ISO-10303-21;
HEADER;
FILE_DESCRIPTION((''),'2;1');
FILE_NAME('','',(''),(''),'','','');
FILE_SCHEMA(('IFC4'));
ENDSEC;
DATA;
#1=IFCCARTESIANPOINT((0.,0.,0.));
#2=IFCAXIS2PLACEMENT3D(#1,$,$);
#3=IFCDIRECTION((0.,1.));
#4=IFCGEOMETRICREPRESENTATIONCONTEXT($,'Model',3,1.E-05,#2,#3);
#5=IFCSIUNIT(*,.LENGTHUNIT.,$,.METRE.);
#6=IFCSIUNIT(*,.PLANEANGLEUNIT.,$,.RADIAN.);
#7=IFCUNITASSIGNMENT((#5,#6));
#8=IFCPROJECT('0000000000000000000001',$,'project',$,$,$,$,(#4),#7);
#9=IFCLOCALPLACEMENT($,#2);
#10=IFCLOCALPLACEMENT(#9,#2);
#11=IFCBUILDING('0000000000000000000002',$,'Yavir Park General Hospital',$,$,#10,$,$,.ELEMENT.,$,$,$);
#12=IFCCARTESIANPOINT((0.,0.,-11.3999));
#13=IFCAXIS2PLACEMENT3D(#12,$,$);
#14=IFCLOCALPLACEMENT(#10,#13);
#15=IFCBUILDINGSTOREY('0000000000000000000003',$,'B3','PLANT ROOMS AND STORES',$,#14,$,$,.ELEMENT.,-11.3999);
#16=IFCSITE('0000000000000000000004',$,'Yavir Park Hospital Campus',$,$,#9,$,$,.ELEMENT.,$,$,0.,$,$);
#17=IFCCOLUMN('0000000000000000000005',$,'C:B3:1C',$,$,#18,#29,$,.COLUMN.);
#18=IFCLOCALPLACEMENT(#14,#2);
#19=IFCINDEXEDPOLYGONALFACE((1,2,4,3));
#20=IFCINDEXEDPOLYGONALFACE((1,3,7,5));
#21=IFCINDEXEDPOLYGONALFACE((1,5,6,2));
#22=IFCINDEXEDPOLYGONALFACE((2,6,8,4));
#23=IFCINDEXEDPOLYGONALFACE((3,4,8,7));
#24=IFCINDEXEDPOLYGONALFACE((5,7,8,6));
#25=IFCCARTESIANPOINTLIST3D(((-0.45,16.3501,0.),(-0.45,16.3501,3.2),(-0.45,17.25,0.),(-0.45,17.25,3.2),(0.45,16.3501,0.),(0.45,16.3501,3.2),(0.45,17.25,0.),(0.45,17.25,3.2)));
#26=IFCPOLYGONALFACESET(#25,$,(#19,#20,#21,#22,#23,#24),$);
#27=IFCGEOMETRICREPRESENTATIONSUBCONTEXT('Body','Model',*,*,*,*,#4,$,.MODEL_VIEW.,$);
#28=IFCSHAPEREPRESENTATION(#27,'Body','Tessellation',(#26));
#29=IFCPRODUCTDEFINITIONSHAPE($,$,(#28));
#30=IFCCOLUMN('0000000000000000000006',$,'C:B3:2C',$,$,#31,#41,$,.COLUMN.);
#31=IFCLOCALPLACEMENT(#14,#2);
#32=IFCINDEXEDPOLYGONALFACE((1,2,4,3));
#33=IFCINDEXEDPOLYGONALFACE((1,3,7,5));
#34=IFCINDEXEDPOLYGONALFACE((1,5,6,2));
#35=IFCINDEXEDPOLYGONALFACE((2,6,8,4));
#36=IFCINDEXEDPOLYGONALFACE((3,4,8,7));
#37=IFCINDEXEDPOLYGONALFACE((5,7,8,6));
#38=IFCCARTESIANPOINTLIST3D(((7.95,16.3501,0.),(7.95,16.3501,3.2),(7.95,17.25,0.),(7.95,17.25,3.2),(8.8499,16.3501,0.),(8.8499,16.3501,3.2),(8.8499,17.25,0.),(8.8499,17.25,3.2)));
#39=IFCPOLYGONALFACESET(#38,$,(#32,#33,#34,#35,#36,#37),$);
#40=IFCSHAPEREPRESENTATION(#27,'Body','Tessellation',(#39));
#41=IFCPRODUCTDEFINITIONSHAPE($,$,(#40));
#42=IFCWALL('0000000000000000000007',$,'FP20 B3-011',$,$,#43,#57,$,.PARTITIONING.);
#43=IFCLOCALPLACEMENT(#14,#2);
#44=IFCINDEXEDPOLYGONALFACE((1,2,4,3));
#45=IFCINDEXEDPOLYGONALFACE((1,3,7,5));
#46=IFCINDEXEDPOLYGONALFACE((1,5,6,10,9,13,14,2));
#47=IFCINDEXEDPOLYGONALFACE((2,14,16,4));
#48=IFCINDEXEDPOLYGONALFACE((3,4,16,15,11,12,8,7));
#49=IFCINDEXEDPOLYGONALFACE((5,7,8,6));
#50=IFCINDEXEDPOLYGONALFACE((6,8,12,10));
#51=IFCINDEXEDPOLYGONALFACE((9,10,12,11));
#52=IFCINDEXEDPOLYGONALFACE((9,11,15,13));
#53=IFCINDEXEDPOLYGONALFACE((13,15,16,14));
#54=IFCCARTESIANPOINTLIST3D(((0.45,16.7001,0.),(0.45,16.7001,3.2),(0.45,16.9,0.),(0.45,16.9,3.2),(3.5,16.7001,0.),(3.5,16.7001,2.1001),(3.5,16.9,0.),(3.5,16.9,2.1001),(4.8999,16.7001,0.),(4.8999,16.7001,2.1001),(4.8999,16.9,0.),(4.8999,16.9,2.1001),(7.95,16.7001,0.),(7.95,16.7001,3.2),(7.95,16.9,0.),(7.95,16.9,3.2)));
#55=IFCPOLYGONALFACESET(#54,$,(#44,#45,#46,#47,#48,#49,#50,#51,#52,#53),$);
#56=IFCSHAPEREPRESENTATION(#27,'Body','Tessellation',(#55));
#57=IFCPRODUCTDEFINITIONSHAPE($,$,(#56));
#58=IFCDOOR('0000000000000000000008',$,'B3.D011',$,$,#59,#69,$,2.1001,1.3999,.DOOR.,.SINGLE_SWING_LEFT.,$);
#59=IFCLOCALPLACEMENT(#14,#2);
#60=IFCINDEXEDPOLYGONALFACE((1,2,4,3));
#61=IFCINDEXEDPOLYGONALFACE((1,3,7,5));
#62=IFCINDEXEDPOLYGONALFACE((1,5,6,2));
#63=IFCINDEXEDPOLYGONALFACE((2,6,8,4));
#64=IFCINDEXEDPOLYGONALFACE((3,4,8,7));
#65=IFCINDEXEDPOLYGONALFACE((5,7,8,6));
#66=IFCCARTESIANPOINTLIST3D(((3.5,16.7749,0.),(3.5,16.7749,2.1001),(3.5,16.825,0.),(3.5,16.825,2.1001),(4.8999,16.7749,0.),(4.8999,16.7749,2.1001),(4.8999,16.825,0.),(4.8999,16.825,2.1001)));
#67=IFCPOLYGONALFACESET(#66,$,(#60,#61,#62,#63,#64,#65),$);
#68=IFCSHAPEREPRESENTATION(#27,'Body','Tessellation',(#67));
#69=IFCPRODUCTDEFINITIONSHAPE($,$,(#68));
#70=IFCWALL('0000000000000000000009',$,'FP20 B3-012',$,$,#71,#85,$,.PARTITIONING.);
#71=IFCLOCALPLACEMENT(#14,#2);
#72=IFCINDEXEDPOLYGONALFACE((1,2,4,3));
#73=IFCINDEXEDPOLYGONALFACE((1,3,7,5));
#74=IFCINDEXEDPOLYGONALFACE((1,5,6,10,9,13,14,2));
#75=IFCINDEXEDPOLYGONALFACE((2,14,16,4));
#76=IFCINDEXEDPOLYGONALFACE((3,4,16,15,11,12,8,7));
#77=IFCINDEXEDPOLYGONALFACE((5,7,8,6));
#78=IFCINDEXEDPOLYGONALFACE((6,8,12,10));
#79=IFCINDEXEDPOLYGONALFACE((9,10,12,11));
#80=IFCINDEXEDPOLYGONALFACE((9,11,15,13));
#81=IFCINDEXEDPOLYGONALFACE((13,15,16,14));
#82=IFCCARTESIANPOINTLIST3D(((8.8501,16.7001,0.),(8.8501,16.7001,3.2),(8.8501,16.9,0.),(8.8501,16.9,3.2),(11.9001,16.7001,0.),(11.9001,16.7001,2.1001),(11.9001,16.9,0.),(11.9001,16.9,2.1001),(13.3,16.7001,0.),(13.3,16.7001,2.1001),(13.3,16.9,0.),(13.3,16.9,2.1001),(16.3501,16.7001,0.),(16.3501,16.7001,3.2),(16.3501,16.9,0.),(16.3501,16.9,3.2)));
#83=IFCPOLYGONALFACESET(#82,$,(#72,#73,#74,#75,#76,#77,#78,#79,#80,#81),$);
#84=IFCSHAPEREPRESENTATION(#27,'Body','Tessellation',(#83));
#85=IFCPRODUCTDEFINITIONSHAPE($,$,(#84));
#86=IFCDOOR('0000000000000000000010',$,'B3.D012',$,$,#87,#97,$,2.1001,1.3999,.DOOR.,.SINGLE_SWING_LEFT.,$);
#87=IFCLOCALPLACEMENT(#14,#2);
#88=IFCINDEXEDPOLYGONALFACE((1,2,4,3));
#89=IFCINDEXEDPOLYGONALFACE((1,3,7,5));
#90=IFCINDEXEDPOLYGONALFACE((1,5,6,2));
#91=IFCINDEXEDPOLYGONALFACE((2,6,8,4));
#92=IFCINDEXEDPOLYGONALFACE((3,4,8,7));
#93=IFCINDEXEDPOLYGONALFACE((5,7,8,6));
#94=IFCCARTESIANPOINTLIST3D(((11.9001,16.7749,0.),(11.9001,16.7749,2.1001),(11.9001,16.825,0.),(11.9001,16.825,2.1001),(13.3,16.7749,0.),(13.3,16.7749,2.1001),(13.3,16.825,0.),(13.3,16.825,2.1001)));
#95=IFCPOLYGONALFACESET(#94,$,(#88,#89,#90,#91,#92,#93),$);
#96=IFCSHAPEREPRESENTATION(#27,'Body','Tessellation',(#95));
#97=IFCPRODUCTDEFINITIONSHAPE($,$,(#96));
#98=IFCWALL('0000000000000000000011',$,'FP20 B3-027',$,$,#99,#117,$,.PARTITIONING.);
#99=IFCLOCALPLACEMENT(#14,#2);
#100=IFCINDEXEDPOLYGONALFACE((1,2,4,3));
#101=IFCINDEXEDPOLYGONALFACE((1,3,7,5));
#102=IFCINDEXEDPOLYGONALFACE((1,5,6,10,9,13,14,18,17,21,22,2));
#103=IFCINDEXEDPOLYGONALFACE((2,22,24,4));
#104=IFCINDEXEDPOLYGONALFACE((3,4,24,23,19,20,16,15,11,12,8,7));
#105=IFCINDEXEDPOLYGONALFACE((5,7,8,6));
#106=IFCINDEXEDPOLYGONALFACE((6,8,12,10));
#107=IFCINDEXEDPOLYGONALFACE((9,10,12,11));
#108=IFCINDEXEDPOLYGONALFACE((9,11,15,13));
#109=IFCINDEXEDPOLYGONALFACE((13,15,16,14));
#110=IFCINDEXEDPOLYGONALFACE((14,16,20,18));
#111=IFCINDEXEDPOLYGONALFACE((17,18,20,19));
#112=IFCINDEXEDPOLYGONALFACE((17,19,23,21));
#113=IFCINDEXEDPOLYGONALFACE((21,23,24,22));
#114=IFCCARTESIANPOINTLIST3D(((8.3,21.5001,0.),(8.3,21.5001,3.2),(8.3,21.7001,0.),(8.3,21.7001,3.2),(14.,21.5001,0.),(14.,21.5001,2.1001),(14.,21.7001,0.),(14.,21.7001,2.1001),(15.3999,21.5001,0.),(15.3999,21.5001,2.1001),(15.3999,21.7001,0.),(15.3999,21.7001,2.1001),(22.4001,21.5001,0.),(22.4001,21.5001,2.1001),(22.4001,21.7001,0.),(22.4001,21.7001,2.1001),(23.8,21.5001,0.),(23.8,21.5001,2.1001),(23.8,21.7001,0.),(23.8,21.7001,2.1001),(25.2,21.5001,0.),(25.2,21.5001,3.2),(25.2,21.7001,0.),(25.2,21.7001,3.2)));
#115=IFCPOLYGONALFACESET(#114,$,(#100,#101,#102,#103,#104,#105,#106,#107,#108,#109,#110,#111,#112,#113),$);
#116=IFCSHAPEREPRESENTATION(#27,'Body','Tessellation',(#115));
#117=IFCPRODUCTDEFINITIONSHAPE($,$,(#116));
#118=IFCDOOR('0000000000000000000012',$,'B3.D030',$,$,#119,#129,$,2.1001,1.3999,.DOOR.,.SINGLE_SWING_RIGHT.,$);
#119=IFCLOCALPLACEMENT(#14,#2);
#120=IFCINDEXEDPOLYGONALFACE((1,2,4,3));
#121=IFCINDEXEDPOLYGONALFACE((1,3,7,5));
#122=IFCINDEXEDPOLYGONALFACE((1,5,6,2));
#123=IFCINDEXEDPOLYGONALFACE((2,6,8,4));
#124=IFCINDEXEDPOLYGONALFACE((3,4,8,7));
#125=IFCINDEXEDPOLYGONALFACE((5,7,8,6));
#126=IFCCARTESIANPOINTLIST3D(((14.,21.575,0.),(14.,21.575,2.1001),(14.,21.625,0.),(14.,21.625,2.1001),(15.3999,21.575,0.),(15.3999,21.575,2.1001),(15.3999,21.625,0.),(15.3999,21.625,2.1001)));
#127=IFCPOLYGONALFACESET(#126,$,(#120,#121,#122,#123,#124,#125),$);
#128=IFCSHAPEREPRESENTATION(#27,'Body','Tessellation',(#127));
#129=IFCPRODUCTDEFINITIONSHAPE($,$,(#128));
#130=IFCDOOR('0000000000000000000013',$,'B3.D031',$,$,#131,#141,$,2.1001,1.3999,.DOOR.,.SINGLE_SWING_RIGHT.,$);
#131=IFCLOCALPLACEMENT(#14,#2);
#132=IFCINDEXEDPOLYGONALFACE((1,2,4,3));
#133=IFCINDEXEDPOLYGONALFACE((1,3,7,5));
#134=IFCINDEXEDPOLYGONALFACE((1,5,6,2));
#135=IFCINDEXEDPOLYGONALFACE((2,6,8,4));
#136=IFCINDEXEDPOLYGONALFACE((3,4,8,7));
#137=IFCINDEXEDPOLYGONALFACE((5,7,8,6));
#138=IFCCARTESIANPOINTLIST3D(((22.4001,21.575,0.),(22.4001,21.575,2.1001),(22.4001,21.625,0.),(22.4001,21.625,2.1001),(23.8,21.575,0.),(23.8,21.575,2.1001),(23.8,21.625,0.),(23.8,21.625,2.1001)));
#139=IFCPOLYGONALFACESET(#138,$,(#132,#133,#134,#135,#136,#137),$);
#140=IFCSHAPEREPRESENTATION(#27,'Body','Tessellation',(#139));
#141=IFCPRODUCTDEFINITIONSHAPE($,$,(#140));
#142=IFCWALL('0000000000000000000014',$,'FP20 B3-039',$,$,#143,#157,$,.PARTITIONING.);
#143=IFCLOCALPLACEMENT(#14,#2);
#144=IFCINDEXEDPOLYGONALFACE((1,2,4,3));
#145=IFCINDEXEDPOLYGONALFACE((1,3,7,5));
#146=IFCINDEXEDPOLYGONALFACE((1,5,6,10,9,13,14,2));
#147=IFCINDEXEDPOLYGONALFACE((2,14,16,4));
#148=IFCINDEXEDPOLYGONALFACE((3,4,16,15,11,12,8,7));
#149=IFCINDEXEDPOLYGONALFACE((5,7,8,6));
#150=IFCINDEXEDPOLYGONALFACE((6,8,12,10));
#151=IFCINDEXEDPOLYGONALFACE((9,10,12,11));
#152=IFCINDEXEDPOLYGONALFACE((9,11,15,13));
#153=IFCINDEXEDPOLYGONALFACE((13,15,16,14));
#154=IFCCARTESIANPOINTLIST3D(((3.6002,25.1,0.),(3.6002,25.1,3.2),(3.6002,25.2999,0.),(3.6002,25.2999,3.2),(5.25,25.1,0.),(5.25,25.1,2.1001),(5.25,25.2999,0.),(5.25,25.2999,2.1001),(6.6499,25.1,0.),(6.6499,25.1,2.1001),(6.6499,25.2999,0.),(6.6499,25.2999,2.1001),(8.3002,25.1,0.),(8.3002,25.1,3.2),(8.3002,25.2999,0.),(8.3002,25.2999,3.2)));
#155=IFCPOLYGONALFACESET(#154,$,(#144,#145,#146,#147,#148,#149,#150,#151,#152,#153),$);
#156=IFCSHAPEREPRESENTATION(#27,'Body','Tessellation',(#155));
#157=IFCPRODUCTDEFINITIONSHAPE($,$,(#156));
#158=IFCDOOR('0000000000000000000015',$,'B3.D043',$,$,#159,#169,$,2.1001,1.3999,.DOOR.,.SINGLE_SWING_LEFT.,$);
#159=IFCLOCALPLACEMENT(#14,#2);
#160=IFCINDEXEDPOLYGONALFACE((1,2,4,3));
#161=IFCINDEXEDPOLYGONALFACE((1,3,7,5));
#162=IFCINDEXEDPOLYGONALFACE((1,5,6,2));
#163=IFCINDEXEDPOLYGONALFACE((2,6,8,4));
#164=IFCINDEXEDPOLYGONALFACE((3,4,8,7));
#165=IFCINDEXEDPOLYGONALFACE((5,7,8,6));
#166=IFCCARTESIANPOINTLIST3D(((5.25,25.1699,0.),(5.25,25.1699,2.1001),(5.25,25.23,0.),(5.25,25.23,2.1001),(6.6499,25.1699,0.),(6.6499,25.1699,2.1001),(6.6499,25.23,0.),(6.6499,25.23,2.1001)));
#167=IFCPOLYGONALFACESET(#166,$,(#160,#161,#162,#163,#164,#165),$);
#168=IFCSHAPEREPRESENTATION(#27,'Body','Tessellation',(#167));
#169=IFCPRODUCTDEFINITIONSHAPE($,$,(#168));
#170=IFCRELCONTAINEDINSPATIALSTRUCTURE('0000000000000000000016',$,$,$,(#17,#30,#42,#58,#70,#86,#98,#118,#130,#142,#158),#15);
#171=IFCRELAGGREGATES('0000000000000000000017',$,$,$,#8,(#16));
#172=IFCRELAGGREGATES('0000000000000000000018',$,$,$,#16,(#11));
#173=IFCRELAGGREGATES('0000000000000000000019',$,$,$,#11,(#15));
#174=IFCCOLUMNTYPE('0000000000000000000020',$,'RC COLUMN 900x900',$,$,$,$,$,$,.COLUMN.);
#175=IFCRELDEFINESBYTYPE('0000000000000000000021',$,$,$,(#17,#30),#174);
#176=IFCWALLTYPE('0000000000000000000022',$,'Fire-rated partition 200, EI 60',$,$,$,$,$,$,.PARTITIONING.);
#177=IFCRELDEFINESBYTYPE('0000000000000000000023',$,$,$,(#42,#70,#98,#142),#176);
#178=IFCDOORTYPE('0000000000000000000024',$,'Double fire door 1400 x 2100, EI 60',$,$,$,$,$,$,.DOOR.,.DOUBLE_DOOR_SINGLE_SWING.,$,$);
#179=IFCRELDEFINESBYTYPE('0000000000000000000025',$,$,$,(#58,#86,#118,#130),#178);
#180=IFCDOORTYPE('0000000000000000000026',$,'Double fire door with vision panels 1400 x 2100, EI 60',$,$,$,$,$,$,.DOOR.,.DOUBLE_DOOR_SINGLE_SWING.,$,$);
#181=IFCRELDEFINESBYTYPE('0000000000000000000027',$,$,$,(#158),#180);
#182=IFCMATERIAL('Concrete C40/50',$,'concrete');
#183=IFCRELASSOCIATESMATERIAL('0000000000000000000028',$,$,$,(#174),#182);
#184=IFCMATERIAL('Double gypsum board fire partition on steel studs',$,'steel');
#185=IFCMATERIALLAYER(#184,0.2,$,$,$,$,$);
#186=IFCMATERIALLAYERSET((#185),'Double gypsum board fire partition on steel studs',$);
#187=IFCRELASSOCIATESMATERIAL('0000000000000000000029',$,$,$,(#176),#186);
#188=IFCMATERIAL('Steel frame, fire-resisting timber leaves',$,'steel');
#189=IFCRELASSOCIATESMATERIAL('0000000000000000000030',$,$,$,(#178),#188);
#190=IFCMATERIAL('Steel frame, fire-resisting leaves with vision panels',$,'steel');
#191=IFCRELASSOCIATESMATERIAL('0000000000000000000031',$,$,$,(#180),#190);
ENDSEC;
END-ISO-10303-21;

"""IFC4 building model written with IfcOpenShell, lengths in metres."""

from ifc_helpers import new_model, si_unit, direction, frame, frame_2d, origin, origin_2d, place, context, subcontext, project, spatial, rectangle, extrude, material, layer, layer_set, material_profile, profile_set, type_object, element, fill, save


model = new_model("IFC4")

# Units and contexts
model_context = context("Model", 3, precision=1e-05, world=origin(), true_north=direction((0.0, 1.0)))
body_context = subcontext(model_context, "Body", "Model", "MODEL_VIEW")
ifc_project = project(units=[si_unit("LENGTHUNIT", "METRE"), si_unit("PLANEANGLEUNIT", "RADIAN")], contexts=[model_context])

# Site, building, storey
site_placement = place(None, origin())
site = spatial("IfcSite", under=ifc_project, at=site_placement, Name="Yavir Park Hospital Campus", CompositionType="ELEMENT", RefElevation=0.0)
building_placement = place(site_placement, origin())
building = spatial("IfcBuilding", under=site, at=building_placement, Name="Yavir Park General Hospital", CompositionType="ELEMENT")
storey_placement = place(building_placement, frame((0.0, 0.0, -11.3999)))
storey = spatial("IfcBuildingStorey", under=building, at=storey_placement, Name="B3", Description="PLANT ROOMS AND STORES", CompositionType="ELEMENT", Elevation=-11.3999)

# Columns
ifc_material_1 = material(Name="Concrete C40/50", Category="concrete")
ifc_material_profile = material_profile(ifc_material_1, rectangle(XDim=0.8999, YDim=0.8999, at=origin_2d()), Name="RC900x900")
ifc_profile_set = profile_set([ifc_material_profile], Name="Concrete C40/50")
column_type = type_object("IfcColumnType", Name="RC COLUMN 900x900", PredefinedType="COLUMN", material=ifc_profile_set)
for number, where, z_axis, x_axis, name in (
    (1, (0.0, 16.8, 0.0), (0.0, 0.0, 1.0), (1.0, 0.0, 0.0), "C:B3:1C"),
    (2, (8.3999, 16.8, 0.0), (0.0, 0.0, 1.0), (1.0, 0.0, 0.0), "C:B3:2C"),
):
    element("IfcColumn", number, at=place(storey_placement, frame(where, z_axis=z_axis, x_axis=x_axis)), inside=storey, type_object=column_type, Name=name, PredefinedType="COLUMN", context=body_context, shape_type="SweptSolid", body=[
        extrude(rectangle(XDim=0.8999, YDim=0.8999, at=origin_2d()), origin(), (0.0, 0.0, 1.0), 3.2),
    ])

# Walls, openings, doors
ifc_material_2 = material(Name="Double gypsum board fire partition on steel studs", Category="steel")
ifc_layer_1 = layer(ifc_material_2, 0.2)
ifc_layer_set_1 = layer_set([ifc_layer_1], Name="Double gypsum board fire partition on steel studs")
wall_type_1 = type_object("IfcWallType", Name="Fire-rated partition 200, EI 60", PredefinedType="PARTITIONING", material=ifc_layer_set_1)
wall_1_placement = place(storey_placement, frame((0.45, 16.8, 0.0), z_axis=(0.0, 0.0, 1.0), x_axis=(1.0, 0.0, 0.0)))
wall_1 = element("IfcWall", 3, at=wall_1_placement, inside=storey, type_object=wall_type_1, Name="FP20 B3-011", PredefinedType="PARTITIONING", context=body_context, shape_type="SweptSolid", body=[
    extrude(rectangle(XDim=7.5, YDim=0.2, at=frame_2d((3.75, 0.0))), origin(), (0.0, 0.0, 1.0), 3.2),
])
opening_1_placement = place(wall_1_placement, frame((3.05, 0.0, 0.0)))
opening_1 = element("IfcOpeningElement", 4, at=opening_1_placement, cuts=wall_1, PredefinedType="OPENING", context=body_context, shape_type="SweptSolid", body=[
    extrude(rectangle(XDim=1.3999, YDim=2.1001, at=frame_2d((0.7, 1.05))), frame((0.0, 0.1099, 0.0), z_axis=(0.0, -1.0, 0.0), x_axis=(1.0, 0.0, 0.0)), (0.0, 0.0, 1.0), 0.22),
])
ifc_material_3 = material(Name="Steel frame, fire-resisting timber leaves", Category="steel")
door_type_1 = type_object("IfcDoorType", Name="Double fire door 1400 x 2100, EI 60", OperationType="DOUBLE_DOOR_SINGLE_SWING", PredefinedType="DOOR", material=ifc_material_3)
door_1_placement = place(opening_1_placement, origin())
door_1 = element("IfcDoor", 5, at=door_1_placement, inside=storey, type_object=door_type_1, Name="B3.D011", OperationType="SINGLE_SWING_LEFT", OverallHeight=2.1001, OverallWidth=1.3999, PredefinedType="DOOR", context=body_context, shape_type="SweptSolid", body=[
    extrude(rectangle(XDim=1.3999, YDim=2.1001, at=frame_2d((0.7, 1.05))), frame((0.0, 0.0249, 0.0), z_axis=(0.0, -1.0, 0.0), x_axis=(1.0, 0.0, 0.0)), (0.0, 0.0, 1.0), 0.05),
])
fill(opening_1, door_1)
wall_2_placement = place(storey_placement, frame((8.8501, 16.8, 0.0), z_axis=(0.0, 0.0, 1.0), x_axis=(1.0, 0.0, 0.0)))
wall_2 = element("IfcWall", 6, at=wall_2_placement, inside=storey, type_object=wall_type_1, Name="FP20 B3-012", PredefinedType="PARTITIONING", context=body_context, shape_type="SweptSolid", body=[
    extrude(rectangle(XDim=7.5, YDim=0.2, at=frame_2d((3.75, 0.0))), origin(), (0.0, 0.0, 1.0), 3.2),
])
opening_2_placement = place(wall_2_placement, frame((3.05, 0.0, 0.0)))
opening_2 = element("IfcOpeningElement", 7, at=opening_2_placement, cuts=wall_2, PredefinedType="OPENING", context=body_context, shape_type="SweptSolid", body=[
    extrude(rectangle(XDim=1.3999, YDim=2.1001, at=frame_2d((0.7, 1.05))), frame((0.0, 0.1099, 0.0), z_axis=(0.0, -1.0, 0.0), x_axis=(1.0, 0.0, 0.0)), (0.0, 0.0, 1.0), 0.22),
])
door_2_placement = place(opening_2_placement, origin())
door_2 = element("IfcDoor", 8, at=door_2_placement, inside=storey, type_object=door_type_1, Name="B3.D012", OperationType="SINGLE_SWING_LEFT", OverallHeight=2.1001, OverallWidth=1.3999, PredefinedType="DOOR", context=body_context, shape_type="SweptSolid", body=[
    extrude(rectangle(XDim=1.3999, YDim=2.1001, at=frame_2d((0.7, 1.05))), frame((0.0, 0.0249, 0.0), z_axis=(0.0, -1.0, 0.0), x_axis=(1.0, 0.0, 0.0)), (0.0, 0.0, 1.0), 0.05),
])
fill(opening_2, door_2)

# Wall, openings, doors
wall_3_placement = place(storey_placement, frame((8.3, 21.6001, 0.0), z_axis=(0.0, 0.0, 1.0), x_axis=(1.0, 0.0, 0.0)))
wall_3 = element("IfcWall", 9, at=wall_3_placement, inside=storey, type_object=wall_type_1, Name="FP20 B3-027", PredefinedType="PARTITIONING", context=body_context, shape_type="SweptSolid", body=[
    extrude(rectangle(XDim=16.8999, YDim=0.2, at=frame_2d((8.45, 0.0))), origin(), (0.0, 0.0, 1.0), 3.2),
])
opening_3_placement = place(wall_3_placement, frame((5.7, 0.0, 0.0)))
opening_3 = element("IfcOpeningElement", 10, at=opening_3_placement, cuts=wall_3, PredefinedType="OPENING", context=body_context, shape_type="SweptSolid", body=[
    extrude(rectangle(XDim=1.3999, YDim=2.1001, at=frame_2d((0.7, 1.05))), frame((0.0, 0.1099, 0.0), z_axis=(0.0, -1.0, 0.0), x_axis=(1.0, 0.0, 0.0)), (0.0, 0.0, 1.0), 0.22),
])
opening_4_placement = place(wall_3_placement, frame((14.1001, 0.0, 0.0)))
opening_4 = element("IfcOpeningElement", 11, at=opening_4_placement, cuts=wall_3, PredefinedType="OPENING", context=body_context, shape_type="SweptSolid", body=[
    extrude(rectangle(XDim=1.3999, YDim=2.1001, at=frame_2d((0.7, 1.05))), frame((0.0, 0.1099, 0.0), z_axis=(0.0, -1.0, 0.0), x_axis=(1.0, 0.0, 0.0)), (0.0, 0.0, 1.0), 0.22),
])
door_3_placement = place(opening_3_placement, origin())
door_3 = element("IfcDoor", 12, at=door_3_placement, inside=storey, type_object=door_type_1, Name="B3.D030", OperationType="SINGLE_SWING_RIGHT", OverallHeight=2.1001, OverallWidth=1.3999, PredefinedType="DOOR", context=body_context, shape_type="SweptSolid", body=[
    extrude(rectangle(XDim=1.3999, YDim=2.1001, at=frame_2d((0.7, 1.05))), frame((0.0, 0.0249, 0.0), z_axis=(0.0, -1.0, 0.0), x_axis=(1.0, 0.0, 0.0)), (0.0, 0.0, 1.0), 0.05),
])
fill(opening_3, door_3)
door_4_placement = place(opening_4_placement, origin())
door_4 = element("IfcDoor", 13, at=door_4_placement, inside=storey, type_object=door_type_1, Name="B3.D031", OperationType="SINGLE_SWING_RIGHT", OverallHeight=2.1001, OverallWidth=1.3999, PredefinedType="DOOR", context=body_context, shape_type="SweptSolid", body=[
    extrude(rectangle(XDim=1.3999, YDim=2.1001, at=frame_2d((0.7, 1.05))), frame((0.0, 0.0249, 0.0), z_axis=(0.0, -1.0, 0.0), x_axis=(1.0, 0.0, 0.0)), (0.0, 0.0, 1.0), 0.05),
])
fill(opening_4, door_4)

# Wall, opening, door
wall_4_placement = place(storey_placement, frame((3.6001, 25.2, 0.0), z_axis=(0.0, 0.0, 1.0), x_axis=(1.0, 0.0, 0.0)))
wall_4 = element("IfcWall", 14, at=wall_4_placement, inside=storey, type_object=wall_type_1, Name="FP20 B3-039", PredefinedType="PARTITIONING", context=body_context, shape_type="SweptSolid", body=[
    extrude(rectangle(XDim=4.7, YDim=0.2, at=frame_2d((2.3501, 0.0))), origin(), (0.0, 0.0, 1.0), 3.2),
])
opening_5_placement = place(wall_4_placement, frame((1.6499, 0.0, 0.0)))
opening_5 = element("IfcOpeningElement", 15, at=opening_5_placement, cuts=wall_4, PredefinedType="OPENING", context=body_context, shape_type="SweptSolid", body=[
    extrude(rectangle(XDim=1.3999, YDim=2.1001, at=frame_2d((0.7, 1.05))), frame((0.0, 0.1099, 0.0), z_axis=(0.0, -1.0, 0.0), x_axis=(1.0, 0.0, 0.0)), (0.0, 0.0, 1.0), 0.22),
])
ifc_material_4 = material(Name="Steel frame, fire-resisting leaves with vision panels", Category="steel")
door_type_2 = type_object("IfcDoorType", Name="Double fire door with vision panels 1400 x 2100, EI 60", OperationType="DOUBLE_DOOR_SINGLE_SWING", PredefinedType="DOOR", material=ifc_material_4)
door_5_placement = place(opening_5_placement, origin())
door_5 = element("IfcDoor", 16, at=door_5_placement, inside=storey, type_object=door_type_2, Name="B3.D043", OperationType="SINGLE_SWING_LEFT", OverallHeight=2.1001, OverallWidth=1.3999, PredefinedType="DOOR", context=body_context, shape_type="SweptSolid", body=[
    extrude(rectangle(XDim=1.3999, YDim=2.1001, at=frame_2d((0.7, 1.05))), frame((0.0, 0.03, 0.0), z_axis=(0.0, -1.0, 0.0), x_axis=(1.0, 0.0, 0.0)), (0.0, 0.0, 1.0), 0.0601),
])
fill(opening_5, door_5)

save(model, "model.ifc")
